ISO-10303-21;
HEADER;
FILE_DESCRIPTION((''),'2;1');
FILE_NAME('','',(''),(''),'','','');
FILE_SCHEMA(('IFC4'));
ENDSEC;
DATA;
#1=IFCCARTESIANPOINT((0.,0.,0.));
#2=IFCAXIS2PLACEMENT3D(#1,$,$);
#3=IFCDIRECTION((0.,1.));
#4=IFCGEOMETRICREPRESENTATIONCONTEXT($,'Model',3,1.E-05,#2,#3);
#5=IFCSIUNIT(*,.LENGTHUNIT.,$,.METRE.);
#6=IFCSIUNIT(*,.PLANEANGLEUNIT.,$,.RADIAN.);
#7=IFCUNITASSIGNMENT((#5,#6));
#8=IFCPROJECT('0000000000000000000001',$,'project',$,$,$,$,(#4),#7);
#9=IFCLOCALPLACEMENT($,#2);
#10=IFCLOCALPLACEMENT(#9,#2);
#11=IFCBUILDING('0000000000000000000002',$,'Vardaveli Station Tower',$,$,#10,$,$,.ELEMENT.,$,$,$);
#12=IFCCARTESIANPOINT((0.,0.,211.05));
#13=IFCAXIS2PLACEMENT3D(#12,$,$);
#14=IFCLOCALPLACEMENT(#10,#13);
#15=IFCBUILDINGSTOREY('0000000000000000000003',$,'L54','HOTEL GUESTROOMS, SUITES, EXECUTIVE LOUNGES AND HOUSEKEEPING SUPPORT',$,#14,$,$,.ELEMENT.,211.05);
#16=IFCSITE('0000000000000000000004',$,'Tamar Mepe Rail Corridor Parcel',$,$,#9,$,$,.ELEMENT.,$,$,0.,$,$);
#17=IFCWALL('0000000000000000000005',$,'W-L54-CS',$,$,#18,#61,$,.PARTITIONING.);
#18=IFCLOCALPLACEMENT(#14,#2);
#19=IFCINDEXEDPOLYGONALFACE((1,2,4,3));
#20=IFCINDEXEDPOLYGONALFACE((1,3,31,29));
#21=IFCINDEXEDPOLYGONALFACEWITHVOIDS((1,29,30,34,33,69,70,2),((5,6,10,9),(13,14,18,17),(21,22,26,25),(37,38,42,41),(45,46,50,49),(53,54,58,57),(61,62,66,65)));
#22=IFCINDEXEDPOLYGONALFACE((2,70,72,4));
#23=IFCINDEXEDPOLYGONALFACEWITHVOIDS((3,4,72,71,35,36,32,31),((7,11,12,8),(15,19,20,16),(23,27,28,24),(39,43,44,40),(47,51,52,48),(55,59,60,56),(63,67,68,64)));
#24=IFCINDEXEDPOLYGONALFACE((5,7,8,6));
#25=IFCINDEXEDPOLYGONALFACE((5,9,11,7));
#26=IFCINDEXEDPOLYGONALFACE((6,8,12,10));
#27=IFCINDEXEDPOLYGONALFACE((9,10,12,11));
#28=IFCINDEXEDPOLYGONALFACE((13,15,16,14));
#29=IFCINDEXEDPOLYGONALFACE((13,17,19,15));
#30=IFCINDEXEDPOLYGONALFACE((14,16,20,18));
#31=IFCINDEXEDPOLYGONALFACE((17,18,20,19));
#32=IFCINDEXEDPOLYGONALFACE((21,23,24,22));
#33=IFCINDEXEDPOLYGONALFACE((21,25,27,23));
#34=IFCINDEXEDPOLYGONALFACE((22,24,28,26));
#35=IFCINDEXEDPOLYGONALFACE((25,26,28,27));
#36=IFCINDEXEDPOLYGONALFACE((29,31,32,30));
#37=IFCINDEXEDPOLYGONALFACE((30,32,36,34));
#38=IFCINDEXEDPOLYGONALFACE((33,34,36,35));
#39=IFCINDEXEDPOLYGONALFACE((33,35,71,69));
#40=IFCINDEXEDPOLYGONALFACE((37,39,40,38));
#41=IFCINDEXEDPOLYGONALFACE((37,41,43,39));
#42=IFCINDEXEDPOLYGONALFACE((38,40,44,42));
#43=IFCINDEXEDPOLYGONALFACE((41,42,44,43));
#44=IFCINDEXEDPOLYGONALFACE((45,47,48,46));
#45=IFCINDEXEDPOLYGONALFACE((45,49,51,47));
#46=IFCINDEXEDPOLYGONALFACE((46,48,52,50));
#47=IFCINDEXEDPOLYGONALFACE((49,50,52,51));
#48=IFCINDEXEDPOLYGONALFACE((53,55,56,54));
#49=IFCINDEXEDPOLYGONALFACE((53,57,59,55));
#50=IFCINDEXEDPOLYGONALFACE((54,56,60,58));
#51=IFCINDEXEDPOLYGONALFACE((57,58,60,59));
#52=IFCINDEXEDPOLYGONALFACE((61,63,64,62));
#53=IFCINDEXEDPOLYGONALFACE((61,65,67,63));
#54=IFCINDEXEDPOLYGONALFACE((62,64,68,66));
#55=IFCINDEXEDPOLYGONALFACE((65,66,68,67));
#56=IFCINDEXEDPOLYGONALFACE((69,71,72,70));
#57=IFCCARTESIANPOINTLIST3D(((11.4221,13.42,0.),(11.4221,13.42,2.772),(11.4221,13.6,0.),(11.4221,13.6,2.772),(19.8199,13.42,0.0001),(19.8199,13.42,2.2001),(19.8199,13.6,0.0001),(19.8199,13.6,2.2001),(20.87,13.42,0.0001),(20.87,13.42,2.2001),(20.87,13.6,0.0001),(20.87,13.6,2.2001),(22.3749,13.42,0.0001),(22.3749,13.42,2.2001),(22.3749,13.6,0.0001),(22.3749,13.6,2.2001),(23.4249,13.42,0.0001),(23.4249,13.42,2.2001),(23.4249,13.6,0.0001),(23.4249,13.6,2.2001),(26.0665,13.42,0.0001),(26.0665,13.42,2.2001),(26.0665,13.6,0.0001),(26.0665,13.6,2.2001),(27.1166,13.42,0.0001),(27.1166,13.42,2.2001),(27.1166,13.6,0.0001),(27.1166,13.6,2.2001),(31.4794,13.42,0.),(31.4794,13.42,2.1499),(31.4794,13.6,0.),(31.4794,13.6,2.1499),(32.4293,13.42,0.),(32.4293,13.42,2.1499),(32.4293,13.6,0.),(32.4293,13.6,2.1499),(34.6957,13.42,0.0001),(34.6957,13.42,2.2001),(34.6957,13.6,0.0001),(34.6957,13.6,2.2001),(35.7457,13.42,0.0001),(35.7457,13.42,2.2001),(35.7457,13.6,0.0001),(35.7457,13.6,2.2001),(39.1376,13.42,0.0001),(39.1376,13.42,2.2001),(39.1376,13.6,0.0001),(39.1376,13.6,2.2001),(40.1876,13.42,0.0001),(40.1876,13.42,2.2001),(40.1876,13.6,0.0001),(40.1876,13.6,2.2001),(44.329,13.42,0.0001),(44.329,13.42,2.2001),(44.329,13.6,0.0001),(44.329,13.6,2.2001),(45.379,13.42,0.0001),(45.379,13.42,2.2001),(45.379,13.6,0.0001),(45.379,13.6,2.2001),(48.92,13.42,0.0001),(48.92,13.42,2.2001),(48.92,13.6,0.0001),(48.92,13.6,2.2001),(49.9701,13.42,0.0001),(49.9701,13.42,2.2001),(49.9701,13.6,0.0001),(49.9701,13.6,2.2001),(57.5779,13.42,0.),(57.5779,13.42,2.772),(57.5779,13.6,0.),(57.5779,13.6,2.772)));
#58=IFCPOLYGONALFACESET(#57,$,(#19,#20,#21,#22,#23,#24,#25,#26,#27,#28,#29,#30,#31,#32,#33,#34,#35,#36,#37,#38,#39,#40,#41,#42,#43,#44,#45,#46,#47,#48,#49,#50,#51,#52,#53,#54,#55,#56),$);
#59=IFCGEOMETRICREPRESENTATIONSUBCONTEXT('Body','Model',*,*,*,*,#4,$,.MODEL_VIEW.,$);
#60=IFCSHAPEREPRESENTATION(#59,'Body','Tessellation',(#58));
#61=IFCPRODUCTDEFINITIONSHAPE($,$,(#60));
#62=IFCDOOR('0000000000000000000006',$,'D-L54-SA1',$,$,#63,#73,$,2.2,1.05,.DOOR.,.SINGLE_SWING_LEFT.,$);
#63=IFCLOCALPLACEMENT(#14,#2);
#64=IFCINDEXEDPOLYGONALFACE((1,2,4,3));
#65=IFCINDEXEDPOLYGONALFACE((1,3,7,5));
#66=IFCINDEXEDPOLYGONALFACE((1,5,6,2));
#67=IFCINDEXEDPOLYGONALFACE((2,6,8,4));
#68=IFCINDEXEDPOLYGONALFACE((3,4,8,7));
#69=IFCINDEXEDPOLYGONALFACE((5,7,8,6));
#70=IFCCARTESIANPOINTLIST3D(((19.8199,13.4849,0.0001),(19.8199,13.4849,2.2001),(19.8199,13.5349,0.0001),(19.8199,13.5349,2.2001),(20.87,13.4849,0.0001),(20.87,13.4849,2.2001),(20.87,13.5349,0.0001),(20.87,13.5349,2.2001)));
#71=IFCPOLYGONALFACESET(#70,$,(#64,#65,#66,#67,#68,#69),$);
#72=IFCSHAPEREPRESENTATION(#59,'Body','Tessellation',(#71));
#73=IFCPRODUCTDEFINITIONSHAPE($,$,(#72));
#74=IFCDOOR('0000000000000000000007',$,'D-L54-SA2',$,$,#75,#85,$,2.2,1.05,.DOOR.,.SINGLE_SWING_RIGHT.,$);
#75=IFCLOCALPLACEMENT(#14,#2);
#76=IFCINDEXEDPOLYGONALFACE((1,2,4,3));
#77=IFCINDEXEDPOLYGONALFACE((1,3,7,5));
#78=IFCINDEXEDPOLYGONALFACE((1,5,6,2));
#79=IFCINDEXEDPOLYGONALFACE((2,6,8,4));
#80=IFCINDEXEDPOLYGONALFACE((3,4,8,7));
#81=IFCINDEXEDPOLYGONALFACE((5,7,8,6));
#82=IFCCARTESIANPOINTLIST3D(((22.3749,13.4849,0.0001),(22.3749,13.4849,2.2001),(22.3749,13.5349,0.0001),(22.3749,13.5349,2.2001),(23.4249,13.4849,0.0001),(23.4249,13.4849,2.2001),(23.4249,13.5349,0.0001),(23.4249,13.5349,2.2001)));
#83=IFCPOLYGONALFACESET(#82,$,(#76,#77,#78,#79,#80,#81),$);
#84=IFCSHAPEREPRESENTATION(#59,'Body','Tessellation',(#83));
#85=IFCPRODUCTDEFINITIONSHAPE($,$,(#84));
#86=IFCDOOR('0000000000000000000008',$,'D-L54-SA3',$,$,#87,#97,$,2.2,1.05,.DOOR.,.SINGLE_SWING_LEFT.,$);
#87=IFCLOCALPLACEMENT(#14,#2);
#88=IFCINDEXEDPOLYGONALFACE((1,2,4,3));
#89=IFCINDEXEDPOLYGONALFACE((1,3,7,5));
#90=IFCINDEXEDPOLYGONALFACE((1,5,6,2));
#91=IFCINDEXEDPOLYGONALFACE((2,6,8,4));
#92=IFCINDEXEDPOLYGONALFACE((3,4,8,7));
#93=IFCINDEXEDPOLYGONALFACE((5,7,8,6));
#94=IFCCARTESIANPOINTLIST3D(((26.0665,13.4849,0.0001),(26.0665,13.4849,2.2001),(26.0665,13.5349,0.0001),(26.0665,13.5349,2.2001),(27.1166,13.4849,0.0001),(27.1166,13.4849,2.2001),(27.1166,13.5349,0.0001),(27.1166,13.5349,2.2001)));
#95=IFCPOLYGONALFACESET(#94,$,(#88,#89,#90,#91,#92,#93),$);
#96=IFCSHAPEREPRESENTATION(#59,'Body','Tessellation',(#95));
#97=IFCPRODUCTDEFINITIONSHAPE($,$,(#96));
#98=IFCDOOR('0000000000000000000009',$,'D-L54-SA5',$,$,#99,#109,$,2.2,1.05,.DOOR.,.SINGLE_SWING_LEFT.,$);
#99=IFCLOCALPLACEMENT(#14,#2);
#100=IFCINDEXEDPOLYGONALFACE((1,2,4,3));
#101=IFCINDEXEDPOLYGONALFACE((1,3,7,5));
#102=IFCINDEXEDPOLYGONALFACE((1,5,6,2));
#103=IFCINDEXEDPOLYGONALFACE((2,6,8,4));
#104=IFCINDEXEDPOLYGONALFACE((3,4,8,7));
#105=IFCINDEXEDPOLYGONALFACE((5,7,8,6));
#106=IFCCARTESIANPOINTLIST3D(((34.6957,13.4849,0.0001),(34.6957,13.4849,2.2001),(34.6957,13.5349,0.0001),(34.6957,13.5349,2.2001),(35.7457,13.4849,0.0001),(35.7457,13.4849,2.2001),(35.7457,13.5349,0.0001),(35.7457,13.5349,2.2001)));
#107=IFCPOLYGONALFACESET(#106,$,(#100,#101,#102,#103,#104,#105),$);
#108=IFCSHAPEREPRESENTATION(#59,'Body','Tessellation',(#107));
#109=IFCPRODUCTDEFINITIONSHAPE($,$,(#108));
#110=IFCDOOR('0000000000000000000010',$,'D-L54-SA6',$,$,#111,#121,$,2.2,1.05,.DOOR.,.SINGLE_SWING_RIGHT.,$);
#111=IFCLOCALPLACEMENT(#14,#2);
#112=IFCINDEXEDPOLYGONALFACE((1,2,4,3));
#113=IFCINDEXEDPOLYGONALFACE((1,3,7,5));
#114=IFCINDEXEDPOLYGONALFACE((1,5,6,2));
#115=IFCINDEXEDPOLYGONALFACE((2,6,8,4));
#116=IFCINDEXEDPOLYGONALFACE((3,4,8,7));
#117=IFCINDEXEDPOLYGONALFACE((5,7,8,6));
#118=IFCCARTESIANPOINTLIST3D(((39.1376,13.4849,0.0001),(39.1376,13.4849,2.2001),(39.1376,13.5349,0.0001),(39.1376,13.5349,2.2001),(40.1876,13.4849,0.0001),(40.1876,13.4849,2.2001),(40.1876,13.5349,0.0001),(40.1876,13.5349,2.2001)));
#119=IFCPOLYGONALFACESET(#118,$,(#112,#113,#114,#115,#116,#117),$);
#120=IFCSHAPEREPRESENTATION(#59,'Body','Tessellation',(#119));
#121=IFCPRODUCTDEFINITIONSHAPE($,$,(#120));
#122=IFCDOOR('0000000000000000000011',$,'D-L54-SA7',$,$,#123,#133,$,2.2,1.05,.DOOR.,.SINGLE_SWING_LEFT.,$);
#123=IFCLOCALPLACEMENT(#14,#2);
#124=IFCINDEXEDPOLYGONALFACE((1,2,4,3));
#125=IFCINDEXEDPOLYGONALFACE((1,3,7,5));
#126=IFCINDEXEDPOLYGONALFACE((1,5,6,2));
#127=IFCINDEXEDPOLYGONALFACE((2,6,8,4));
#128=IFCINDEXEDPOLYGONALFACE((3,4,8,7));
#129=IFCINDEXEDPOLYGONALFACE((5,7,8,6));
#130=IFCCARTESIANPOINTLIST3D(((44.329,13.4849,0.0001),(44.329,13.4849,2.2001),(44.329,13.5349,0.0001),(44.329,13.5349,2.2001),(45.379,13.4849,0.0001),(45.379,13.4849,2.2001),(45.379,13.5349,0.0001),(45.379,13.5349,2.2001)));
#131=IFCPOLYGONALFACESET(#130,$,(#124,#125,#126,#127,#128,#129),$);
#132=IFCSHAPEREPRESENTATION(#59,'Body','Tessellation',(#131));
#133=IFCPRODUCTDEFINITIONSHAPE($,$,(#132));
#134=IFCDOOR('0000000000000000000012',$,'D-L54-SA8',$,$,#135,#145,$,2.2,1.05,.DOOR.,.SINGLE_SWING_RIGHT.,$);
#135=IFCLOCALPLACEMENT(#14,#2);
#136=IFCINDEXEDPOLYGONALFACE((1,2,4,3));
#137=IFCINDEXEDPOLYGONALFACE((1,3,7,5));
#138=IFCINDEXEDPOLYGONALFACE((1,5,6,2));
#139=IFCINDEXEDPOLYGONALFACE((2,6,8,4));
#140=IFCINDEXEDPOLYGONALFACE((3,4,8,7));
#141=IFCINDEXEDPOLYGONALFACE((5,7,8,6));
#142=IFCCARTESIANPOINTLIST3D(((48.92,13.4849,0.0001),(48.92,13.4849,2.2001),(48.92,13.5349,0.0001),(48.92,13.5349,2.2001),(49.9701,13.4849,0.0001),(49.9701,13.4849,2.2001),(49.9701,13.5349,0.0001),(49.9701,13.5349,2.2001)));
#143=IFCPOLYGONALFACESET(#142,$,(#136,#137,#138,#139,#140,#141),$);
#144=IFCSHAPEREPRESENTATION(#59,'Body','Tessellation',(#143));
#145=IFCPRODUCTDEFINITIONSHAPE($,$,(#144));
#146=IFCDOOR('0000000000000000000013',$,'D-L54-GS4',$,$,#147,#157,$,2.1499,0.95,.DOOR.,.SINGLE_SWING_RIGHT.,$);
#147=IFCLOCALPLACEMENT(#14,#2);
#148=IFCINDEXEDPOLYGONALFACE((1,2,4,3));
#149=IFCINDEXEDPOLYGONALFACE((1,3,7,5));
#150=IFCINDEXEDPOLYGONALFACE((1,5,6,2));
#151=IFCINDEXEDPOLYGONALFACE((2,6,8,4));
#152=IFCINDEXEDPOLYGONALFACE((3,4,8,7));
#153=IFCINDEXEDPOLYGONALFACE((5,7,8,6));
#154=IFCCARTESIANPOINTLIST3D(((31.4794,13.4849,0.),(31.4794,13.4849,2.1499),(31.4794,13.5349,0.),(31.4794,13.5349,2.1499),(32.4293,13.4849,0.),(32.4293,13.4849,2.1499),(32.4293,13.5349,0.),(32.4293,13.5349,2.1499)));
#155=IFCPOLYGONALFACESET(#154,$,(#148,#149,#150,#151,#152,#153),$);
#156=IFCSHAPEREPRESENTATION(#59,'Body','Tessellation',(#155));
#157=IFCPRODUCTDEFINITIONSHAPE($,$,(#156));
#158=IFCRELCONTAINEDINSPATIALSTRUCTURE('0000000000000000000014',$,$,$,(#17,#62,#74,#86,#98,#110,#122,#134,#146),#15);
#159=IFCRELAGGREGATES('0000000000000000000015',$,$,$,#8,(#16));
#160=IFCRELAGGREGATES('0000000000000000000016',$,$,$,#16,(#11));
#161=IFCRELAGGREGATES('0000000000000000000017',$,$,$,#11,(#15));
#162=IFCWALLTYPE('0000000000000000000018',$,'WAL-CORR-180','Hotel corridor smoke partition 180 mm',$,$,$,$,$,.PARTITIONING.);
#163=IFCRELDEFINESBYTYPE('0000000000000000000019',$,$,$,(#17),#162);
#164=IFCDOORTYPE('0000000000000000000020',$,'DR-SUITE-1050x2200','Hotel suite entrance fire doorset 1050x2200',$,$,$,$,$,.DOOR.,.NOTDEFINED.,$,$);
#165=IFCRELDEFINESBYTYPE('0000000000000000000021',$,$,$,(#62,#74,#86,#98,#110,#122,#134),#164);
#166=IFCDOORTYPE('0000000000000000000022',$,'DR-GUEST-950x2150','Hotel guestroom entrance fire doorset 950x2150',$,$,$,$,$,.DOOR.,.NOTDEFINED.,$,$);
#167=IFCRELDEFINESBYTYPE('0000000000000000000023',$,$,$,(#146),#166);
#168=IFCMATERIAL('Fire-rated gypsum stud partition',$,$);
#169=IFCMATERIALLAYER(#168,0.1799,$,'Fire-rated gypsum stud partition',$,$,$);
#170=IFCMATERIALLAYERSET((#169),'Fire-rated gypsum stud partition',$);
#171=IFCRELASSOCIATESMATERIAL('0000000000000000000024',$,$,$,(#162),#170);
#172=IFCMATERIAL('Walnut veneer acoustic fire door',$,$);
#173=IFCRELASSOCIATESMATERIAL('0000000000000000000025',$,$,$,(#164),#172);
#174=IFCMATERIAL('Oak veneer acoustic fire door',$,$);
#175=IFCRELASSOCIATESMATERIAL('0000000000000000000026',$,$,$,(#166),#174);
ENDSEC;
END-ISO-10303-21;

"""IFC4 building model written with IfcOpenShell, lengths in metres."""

from ifc_helpers import new_model, si_unit, direction, frame, frame_2d, origin, place, context, subcontext, project, spatial, rectangle, extrude, source, transform, mapped, material, layer, layer_set, type_object, element, fill, save


model = new_model("IFC4")

# Units and contexts
model_context = context("Model", 3, precision=1e-05, world=origin(), true_north=direction((0.0, 1.0)))
body_context = subcontext(model_context, "Body", "Model", "MODEL_VIEW")
ifc_project = project(units=[si_unit("LENGTHUNIT", "METRE"), si_unit("PLANEANGLEUNIT", "RADIAN")], contexts=[model_context])

# Site, building, storey
site_placement = place(None, origin())
site = spatial("IfcSite", under=ifc_project, at=site_placement, Name="Tamar Mepe Rail Corridor Parcel", CompositionType="ELEMENT", RefElevation=0.0)
building_placement = place(site_placement, origin())
building = spatial("IfcBuilding", under=site, at=building_placement, Name="Vardaveli Station Tower", CompositionType="ELEMENT")
storey_placement = place(building_placement, frame((0.0, 0.0, 211.05)))
storey = spatial("IfcBuildingStorey", under=building, at=storey_placement, Name="L54", Description="HOTEL GUESTROOMS, SUITES, EXECUTIVE LOUNGES AND HOUSEKEEPING SUPPORT", CompositionType="ELEMENT", Elevation=211.05)

# Wall, openings, doors
ifc_material_1 = material(Name="Fire-rated gypsum stud partition")
ifc_layer_1 = layer(ifc_material_1, 0.1799, Name="Fire-rated gypsum stud partition")
ifc_layer_set_1 = layer_set([ifc_layer_1], Name="Fire-rated gypsum stud partition")
wall_type_1 = type_object("IfcWallType", Name="WAL-CORR-180", Description="Hotel corridor smoke partition 180 mm", PredefinedType="PARTITIONING", material=ifc_layer_set_1)
shared_shape_1 = source(origin(), body_context, "Body", "SweptSolid", [
    extrude(rectangle(XDim=46.1558, YDim=0.1799, at=frame_2d((23.0779, 0.0))), origin(), (0.0, 0.0, 1.0), 2.772),
])
wall_1_placement = place(storey_placement, frame((11.4221, 13.51, 0.0), z_axis=(0.0, 0.0, 1.0), x_axis=(1.0, 0.0, 0.0)))
wall_1 = element("IfcWall", 1, at=wall_1_placement, inside=storey, type_object=wall_type_1, Name="W-L54-CS", PredefinedType="PARTITIONING", context=body_context, shape_type="MappedRepresentation", body=[
    mapped(shared_shape_1, transform((0.0, 0.0, 0.0), scale=1.0)),
])
shared_shape_2 = source(origin(), body_context, "Body", "SweptSolid", [
    extrude(rectangle(XDim=1.05, YDim=2.2, at=frame_2d((0.5249, 1.1001))), frame((0.0, 0.1001, 0.0), z_axis=(0.0, -1.0, 0.0), x_axis=(1.0, 0.0, 0.0)), (0.0, 0.0, 1.0), 0.2),
])
opening_1_placement = place(wall_1_placement, frame((8.3979, 0.0, 0.0)))
opening_1 = element("IfcOpeningElement", 2, at=opening_1_placement, cuts=wall_1, PredefinedType="OPENING", context=body_context, shape_type="MappedRepresentation", body=[
    mapped(shared_shape_2, transform((0.0, 0.0, 0.0), scale=1.0)),
])
opening_2_placement = place(wall_1_placement, frame((10.9529, 0.0, 0.0)))
opening_2 = element("IfcOpeningElement", 3, at=opening_2_placement, cuts=wall_1, PredefinedType="OPENING", context=body_context, shape_type="MappedRepresentation", body=[
    mapped(shared_shape_2, transform((0.0, 0.0, 0.0), scale=1.0)),
])
opening_3_placement = place(wall_1_placement, frame((14.6445, 0.0, 0.0)))
opening_3 = element("IfcOpeningElement", 4, at=opening_3_placement, cuts=wall_1, PredefinedType="OPENING", context=body_context, shape_type="MappedRepresentation", body=[
    mapped(shared_shape_2, transform((0.0, 0.0, 0.0), scale=1.0)),
])
shared_shape_3 = source(origin(), body_context, "Body", "SweptSolid", [
    extrude(rectangle(XDim=0.95, YDim=2.1499, at=frame_2d((0.4751, 1.075))), frame((0.0, 0.1001, 0.0), z_axis=(0.0, -1.0, 0.0), x_axis=(1.0, 0.0, 0.0)), (0.0, 0.0, 1.0), 0.2),
])
opening_4_placement = place(wall_1_placement, frame((20.0571, 0.0, 0.0)))
opening_4 = element("IfcOpeningElement", 5, at=opening_4_placement, cuts=wall_1, PredefinedType="OPENING", context=body_context, shape_type="MappedRepresentation", body=[
    mapped(shared_shape_3, transform((0.0, 0.0, 0.0), scale=1.0)),
])
opening_5_placement = place(wall_1_placement, frame((23.2737, 0.0, 0.0)))
opening_5 = element("IfcOpeningElement", 6, at=opening_5_placement, cuts=wall_1, PredefinedType="OPENING", context=body_context, shape_type="MappedRepresentation", body=[
    mapped(shared_shape_2, transform((0.0, 0.0, 0.0), scale=1.0)),
])
opening_6_placement = place(wall_1_placement, frame((27.7156, 0.0, 0.0)))
opening_6 = element("IfcOpeningElement", 7, at=opening_6_placement, cuts=wall_1, PredefinedType="OPENING", context=body_context, shape_type="MappedRepresentation", body=[
    mapped(shared_shape_2, transform((0.0, 0.0, 0.0), scale=1.0)),
])
opening_7_placement = place(wall_1_placement, frame((32.907, 0.0, 0.0)))
opening_7 = element("IfcOpeningElement", 8, at=opening_7_placement, cuts=wall_1, PredefinedType="OPENING", context=body_context, shape_type="MappedRepresentation", body=[
    mapped(shared_shape_2, transform((0.0, 0.0, 0.0), scale=1.0)),
])
opening_8_placement = place(wall_1_placement, frame((37.498, 0.0, 0.0)))
opening_8 = element("IfcOpeningElement", 9, at=opening_8_placement, cuts=wall_1, PredefinedType="OPENING", context=body_context, shape_type="MappedRepresentation", body=[
    mapped(shared_shape_2, transform((0.0, 0.0, 0.0), scale=1.0)),
])
ifc_material_2 = material(Name="Walnut veneer acoustic fire door")
door_type_1 = type_object("IfcDoorType", Name="DR-SUITE-1050x2200", Description="Hotel suite entrance fire doorset 1050x2200", OperationType="NOTDEFINED", PredefinedType="DOOR", material=ifc_material_2)
shared_shape_4 = source(origin(), body_context, "Body", "SweptSolid", [
    extrude(rectangle(XDim=1.05, YDim=2.2, at=frame_2d((0.5249, 1.1001))), frame((0.0, 0.0249, 0.0), z_axis=(0.0, -1.0, 0.0), x_axis=(1.0, 0.0, 0.0)), (0.0, 0.0, 1.0), 0.05),
])
door_1_placement = place(opening_1_placement, origin())
door_1 = element("IfcDoor", 10, at=door_1_placement, inside=storey, type_object=door_type_1, Name="D-L54-SA1", OperationType="SINGLE_SWING_LEFT", OverallHeight=2.2, OverallWidth=1.05, PredefinedType="DOOR", context=body_context, shape_type="MappedRepresentation", body=[
    mapped(shared_shape_4, transform((0.0, 0.0, 0.0), scale=1.0)),
])
fill(opening_1, door_1)
door_2_placement = place(opening_2_placement, origin())
door_2 = element("IfcDoor", 11, at=door_2_placement, inside=storey, type_object=door_type_1, Name="D-L54-SA2", OperationType="SINGLE_SWING_RIGHT", OverallHeight=2.2, OverallWidth=1.05, PredefinedType="DOOR", context=body_context, shape_type="MappedRepresentation", body=[
    mapped(shared_shape_4, transform((0.0, 0.0, 0.0), scale=1.0)),
])
fill(opening_2, door_2)
door_3_placement = place(opening_3_placement, origin())
door_3 = element("IfcDoor", 12, at=door_3_placement, inside=storey, type_object=door_type_1, Name="D-L54-SA3", OperationType="SINGLE_SWING_LEFT", OverallHeight=2.2, OverallWidth=1.05, PredefinedType="DOOR", context=body_context, shape_type="MappedRepresentation", body=[
    mapped(shared_shape_4, transform((0.0, 0.0, 0.0), scale=1.0)),
])
fill(opening_3, door_3)
door_4_placement = place(opening_5_placement, origin())
door_4 = element("IfcDoor", 13, at=door_4_placement, inside=storey, type_object=door_type_1, Name="D-L54-SA5", OperationType="SINGLE_SWING_LEFT", OverallHeight=2.2, OverallWidth=1.05, PredefinedType="DOOR", context=body_context, shape_type="MappedRepresentation", body=[
    mapped(shared_shape_4, transform((0.0, 0.0, 0.0), scale=1.0)),
])
fill(opening_5, door_4)
door_5_placement = place(opening_6_placement, origin())
door_5 = element("IfcDoor", 14, at=door_5_placement, inside=storey, type_object=door_type_1, Name="D-L54-SA6", OperationType="SINGLE_SWING_RIGHT", OverallHeight=2.2, OverallWidth=1.05, PredefinedType="DOOR", context=body_context, shape_type="MappedRepresentation", body=[
    mapped(shared_shape_4, transform((0.0, 0.0, 0.0), scale=1.0)),
])
fill(opening_6, door_5)
door_6_placement = place(opening_7_placement, origin())
door_6 = element("IfcDoor", 15, at=door_6_placement, inside=storey, type_object=door_type_1, Name="D-L54-SA7", OperationType="SINGLE_SWING_LEFT", OverallHeight=2.2, OverallWidth=1.05, PredefinedType="DOOR", context=body_context, shape_type="MappedRepresentation", body=[
    mapped(shared_shape_4, transform((0.0, 0.0, 0.0), scale=1.0)),
])
fill(opening_7, door_6)
door_7_placement = place(opening_8_placement, origin())
door_7 = element("IfcDoor", 16, at=door_7_placement, inside=storey, type_object=door_type_1, Name="D-L54-SA8", OperationType="SINGLE_SWING_RIGHT", OverallHeight=2.2, OverallWidth=1.05, PredefinedType="DOOR", context=body_context, shape_type="MappedRepresentation", body=[
    mapped(shared_shape_4, transform((0.0, 0.0, 0.0), scale=1.0)),
])
fill(opening_8, door_7)
ifc_material_3 = material(Name="Oak veneer acoustic fire door")
door_type_2 = type_object("IfcDoorType", Name="DR-GUEST-950x2150", Description="Hotel guestroom entrance fire doorset 950x2150", OperationType="NOTDEFINED", PredefinedType="DOOR", material=ifc_material_3)
shared_shape_5 = source(origin(), body_context, "Body", "SweptSolid", [
    extrude(rectangle(XDim=0.95, YDim=2.1499, at=frame_2d((0.4751, 1.075))), frame((0.0, 0.0249, 0.0), z_axis=(0.0, -1.0, 0.0), x_axis=(1.0, 0.0, 0.0)), (0.0, 0.0, 1.0), 0.05),
])
door_8_placement = place(opening_4_placement, origin())
door_8 = element("IfcDoor", 17, at=door_8_placement, inside=storey, type_object=door_type_2, Name="D-L54-GS4", OperationType="SINGLE_SWING_RIGHT", OverallHeight=2.1499, OverallWidth=0.95, PredefinedType="DOOR", context=body_context, shape_type="MappedRepresentation", body=[
    mapped(shared_shape_5, transform((0.0, 0.0, 0.0), scale=1.0)),
])
fill(opening_4, door_8)

save(model, "model.ifc")
